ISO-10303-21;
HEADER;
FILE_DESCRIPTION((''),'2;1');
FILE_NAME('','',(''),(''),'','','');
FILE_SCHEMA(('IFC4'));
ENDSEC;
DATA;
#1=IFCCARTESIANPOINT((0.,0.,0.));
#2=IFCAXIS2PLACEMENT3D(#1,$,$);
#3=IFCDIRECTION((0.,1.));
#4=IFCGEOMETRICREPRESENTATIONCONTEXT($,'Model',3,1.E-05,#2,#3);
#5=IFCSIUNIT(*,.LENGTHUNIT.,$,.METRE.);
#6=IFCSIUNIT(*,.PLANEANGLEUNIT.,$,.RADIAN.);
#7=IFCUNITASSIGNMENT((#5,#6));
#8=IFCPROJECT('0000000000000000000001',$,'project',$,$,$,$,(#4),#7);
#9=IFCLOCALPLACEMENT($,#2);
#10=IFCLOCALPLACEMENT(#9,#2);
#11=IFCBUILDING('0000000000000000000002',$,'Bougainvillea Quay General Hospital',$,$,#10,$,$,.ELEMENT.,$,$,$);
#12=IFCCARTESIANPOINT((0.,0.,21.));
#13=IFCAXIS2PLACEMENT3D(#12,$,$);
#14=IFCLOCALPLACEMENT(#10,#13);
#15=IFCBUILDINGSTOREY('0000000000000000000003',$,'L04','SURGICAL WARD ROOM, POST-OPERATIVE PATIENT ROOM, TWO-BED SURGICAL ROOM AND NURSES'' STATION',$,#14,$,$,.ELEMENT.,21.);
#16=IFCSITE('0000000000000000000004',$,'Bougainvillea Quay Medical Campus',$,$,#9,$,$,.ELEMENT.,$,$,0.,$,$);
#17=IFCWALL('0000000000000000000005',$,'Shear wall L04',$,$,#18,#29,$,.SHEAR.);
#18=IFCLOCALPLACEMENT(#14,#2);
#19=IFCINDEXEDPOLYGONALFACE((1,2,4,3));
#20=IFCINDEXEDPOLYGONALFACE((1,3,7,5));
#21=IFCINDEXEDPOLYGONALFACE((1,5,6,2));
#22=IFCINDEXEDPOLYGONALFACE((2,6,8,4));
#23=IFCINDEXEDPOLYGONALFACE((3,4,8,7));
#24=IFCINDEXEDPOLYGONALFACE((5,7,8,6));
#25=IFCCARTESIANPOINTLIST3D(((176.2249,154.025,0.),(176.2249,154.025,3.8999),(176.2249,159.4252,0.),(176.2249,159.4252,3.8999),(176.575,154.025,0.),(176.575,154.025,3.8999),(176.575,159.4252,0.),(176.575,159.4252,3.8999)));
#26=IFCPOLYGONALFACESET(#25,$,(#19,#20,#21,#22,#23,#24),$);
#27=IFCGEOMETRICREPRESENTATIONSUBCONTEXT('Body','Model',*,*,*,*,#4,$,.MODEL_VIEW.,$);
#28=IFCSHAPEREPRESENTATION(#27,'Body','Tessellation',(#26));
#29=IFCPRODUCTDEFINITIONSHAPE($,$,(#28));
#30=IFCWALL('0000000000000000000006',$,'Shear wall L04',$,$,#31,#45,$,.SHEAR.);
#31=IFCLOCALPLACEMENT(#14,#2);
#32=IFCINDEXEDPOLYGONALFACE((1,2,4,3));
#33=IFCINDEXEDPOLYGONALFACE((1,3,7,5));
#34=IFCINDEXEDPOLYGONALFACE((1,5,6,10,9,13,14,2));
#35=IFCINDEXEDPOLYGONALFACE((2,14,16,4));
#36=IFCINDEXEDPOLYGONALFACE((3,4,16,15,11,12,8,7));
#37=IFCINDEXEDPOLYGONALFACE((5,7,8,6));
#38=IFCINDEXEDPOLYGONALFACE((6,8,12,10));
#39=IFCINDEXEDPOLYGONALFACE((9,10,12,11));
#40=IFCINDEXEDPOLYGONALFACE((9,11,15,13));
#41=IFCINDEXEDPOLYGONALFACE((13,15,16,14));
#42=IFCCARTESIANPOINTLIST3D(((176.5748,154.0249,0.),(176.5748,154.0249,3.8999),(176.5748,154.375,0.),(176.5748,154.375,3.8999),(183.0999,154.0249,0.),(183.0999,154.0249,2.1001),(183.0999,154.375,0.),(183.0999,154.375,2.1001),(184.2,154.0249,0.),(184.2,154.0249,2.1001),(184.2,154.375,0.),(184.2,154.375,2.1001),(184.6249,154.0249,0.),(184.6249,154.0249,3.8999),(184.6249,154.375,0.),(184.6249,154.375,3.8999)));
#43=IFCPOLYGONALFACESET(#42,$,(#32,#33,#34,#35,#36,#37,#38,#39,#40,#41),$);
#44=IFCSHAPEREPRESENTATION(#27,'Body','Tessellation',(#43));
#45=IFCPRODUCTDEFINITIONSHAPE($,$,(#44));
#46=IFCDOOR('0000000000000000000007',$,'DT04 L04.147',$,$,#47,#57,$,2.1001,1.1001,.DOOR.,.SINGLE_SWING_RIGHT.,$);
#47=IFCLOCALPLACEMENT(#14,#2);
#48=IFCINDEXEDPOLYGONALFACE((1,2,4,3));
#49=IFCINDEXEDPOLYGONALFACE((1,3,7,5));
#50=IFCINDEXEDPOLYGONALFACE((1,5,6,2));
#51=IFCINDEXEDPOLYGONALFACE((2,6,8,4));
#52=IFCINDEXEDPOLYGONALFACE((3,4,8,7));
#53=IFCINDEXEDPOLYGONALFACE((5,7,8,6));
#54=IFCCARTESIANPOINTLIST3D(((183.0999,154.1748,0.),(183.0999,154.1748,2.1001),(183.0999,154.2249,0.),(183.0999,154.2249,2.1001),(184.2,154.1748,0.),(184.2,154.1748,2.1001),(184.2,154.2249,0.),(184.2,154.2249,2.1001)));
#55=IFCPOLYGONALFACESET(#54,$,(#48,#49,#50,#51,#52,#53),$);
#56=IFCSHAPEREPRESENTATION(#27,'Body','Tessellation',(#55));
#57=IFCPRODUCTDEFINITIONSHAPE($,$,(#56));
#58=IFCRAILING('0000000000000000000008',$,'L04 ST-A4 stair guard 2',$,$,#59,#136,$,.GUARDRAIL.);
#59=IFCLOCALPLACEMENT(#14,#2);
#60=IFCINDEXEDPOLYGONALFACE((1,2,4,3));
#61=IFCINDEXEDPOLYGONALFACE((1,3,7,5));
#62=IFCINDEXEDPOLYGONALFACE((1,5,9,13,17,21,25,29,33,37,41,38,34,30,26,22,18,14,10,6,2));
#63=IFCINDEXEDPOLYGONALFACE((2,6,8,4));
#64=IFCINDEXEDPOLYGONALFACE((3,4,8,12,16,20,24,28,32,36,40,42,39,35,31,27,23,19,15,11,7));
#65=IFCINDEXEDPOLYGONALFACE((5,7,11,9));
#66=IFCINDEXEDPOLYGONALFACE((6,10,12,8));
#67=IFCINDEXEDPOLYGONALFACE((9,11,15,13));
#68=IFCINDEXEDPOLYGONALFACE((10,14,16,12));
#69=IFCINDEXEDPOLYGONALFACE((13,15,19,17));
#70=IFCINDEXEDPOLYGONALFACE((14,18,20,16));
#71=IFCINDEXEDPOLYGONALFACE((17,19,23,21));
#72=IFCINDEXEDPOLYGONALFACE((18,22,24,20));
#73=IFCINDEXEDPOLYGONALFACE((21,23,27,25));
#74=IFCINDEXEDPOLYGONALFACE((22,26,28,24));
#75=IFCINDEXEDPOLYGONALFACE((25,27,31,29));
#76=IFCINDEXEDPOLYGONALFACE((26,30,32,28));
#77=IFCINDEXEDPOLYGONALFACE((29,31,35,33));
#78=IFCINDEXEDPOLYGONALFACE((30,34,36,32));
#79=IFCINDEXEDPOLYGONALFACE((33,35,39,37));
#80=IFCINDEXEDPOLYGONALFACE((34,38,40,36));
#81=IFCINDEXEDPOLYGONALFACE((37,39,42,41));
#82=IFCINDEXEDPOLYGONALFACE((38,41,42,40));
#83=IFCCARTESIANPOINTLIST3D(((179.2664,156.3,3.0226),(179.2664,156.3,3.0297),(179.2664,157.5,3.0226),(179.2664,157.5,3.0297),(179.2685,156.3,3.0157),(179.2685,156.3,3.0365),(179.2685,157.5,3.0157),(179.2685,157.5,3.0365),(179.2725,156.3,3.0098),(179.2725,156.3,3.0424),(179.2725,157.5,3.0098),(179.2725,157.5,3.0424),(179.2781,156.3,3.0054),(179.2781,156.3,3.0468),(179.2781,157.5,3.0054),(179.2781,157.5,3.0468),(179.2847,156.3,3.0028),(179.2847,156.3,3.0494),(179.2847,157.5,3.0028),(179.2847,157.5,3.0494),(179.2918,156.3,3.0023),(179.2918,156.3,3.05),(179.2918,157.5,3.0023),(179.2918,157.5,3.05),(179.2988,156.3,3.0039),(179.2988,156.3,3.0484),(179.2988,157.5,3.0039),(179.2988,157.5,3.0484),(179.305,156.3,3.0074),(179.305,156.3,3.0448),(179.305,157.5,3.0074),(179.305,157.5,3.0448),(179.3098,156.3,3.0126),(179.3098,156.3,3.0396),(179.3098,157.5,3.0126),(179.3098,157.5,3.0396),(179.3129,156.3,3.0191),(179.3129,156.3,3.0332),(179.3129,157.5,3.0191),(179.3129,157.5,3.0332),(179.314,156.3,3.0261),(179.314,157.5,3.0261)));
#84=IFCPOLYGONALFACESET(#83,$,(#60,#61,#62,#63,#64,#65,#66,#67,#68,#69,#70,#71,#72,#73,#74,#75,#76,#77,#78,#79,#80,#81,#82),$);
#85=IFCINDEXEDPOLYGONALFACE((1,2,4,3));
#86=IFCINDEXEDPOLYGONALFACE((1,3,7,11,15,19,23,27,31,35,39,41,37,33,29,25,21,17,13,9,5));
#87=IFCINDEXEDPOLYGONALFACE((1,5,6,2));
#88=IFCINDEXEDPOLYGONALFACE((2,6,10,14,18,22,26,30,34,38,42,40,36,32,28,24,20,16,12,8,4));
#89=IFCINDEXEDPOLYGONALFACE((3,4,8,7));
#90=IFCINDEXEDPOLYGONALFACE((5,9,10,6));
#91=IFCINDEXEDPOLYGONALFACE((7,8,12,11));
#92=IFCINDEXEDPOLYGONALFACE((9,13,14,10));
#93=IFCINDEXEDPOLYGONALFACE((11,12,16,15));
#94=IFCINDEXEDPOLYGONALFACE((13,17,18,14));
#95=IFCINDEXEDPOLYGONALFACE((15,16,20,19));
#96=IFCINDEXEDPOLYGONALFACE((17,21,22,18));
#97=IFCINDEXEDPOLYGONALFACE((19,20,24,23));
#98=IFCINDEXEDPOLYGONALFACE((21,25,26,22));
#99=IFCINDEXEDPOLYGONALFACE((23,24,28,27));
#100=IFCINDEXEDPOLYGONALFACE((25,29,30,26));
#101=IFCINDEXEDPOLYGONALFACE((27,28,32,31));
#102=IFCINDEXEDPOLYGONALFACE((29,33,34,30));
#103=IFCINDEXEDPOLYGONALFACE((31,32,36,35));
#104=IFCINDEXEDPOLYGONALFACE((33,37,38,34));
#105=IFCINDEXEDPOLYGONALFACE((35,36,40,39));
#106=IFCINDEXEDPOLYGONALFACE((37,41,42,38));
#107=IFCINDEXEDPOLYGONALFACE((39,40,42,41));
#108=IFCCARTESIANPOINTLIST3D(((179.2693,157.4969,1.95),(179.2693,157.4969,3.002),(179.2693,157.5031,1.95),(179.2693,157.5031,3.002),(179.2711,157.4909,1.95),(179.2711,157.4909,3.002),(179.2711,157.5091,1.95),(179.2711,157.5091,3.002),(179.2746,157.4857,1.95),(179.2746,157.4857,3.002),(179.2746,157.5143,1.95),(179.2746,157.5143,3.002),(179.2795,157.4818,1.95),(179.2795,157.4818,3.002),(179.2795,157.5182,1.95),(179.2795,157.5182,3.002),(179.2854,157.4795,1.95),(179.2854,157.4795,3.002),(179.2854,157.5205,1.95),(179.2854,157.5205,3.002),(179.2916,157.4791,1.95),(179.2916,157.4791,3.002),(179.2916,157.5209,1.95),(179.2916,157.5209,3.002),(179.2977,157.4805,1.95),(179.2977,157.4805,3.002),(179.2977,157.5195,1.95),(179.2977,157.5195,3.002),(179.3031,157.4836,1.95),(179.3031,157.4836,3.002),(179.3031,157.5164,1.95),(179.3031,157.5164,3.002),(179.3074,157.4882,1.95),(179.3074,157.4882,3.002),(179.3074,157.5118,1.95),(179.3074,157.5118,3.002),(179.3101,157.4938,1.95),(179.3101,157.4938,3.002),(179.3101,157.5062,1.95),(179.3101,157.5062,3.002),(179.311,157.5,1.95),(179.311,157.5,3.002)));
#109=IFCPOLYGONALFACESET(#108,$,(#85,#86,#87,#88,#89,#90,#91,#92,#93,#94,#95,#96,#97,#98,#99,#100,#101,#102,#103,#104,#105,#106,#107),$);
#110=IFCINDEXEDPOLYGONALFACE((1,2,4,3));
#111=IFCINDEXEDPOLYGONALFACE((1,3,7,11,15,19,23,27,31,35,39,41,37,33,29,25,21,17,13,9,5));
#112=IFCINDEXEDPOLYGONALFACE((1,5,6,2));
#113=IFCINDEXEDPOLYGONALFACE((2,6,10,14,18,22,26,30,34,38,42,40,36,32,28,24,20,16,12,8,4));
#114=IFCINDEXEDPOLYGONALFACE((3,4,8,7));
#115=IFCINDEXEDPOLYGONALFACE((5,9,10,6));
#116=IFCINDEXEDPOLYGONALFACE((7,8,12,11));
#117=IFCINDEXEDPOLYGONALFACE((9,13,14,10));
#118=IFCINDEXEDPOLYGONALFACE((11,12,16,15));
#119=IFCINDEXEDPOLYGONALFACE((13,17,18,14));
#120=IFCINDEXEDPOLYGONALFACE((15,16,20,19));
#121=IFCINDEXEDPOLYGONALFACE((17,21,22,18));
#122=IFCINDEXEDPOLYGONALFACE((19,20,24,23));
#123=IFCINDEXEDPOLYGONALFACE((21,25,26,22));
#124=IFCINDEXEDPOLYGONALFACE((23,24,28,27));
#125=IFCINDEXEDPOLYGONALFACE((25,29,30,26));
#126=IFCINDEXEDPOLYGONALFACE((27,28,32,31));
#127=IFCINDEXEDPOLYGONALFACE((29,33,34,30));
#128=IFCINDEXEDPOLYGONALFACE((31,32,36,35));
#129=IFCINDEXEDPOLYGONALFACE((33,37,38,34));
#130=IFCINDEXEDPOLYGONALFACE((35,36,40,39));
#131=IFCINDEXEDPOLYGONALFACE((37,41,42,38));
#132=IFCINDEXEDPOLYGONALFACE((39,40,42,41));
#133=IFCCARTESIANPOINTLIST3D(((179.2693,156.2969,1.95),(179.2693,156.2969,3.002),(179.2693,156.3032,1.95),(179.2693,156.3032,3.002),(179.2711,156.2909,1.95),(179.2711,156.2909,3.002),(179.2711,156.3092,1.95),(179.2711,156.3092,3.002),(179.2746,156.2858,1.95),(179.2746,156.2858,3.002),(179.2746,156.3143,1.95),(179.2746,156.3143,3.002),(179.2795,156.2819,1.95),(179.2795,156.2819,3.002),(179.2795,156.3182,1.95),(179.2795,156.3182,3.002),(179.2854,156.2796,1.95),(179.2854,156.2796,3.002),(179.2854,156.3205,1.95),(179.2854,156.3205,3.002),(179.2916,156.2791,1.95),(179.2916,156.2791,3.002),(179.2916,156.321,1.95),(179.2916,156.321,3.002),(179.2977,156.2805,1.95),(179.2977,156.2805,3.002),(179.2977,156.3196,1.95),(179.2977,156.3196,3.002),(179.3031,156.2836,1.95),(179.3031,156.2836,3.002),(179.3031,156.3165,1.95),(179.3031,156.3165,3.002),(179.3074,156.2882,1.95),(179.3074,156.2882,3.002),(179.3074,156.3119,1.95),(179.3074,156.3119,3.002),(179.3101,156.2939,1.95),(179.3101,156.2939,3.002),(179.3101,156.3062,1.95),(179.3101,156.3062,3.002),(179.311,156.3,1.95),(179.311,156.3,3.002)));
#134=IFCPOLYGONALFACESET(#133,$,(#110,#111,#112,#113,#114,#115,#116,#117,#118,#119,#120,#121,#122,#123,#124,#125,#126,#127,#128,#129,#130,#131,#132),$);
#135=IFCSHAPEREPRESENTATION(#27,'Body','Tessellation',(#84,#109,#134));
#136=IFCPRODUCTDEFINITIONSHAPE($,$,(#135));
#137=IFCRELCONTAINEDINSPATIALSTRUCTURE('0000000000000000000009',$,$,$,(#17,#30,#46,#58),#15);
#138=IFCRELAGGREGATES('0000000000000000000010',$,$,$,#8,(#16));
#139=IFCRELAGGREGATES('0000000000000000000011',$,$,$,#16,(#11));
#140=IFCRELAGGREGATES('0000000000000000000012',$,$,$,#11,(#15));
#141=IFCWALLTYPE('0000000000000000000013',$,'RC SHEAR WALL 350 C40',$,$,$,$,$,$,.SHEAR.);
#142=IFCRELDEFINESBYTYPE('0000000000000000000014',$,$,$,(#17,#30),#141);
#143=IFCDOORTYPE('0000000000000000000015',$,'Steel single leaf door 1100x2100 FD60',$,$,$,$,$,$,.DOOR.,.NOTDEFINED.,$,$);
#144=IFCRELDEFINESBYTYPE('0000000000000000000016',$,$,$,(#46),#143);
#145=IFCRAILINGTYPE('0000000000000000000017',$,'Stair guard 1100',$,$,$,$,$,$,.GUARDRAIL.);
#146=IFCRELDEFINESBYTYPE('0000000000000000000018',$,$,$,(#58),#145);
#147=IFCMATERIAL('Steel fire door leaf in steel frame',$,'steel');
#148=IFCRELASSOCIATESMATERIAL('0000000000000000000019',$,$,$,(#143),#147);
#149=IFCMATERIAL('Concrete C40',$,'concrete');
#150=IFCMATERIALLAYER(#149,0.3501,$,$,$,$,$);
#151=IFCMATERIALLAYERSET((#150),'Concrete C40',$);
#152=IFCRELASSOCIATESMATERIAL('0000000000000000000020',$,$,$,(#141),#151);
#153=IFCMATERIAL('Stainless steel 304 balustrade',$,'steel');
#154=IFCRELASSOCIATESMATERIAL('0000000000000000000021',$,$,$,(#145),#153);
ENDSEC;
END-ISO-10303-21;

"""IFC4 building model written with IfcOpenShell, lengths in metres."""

from ifc_helpers import new_model, si_unit, direction, frame, frame_2d, origin, origin_2d, place, context, subcontext, project, spatial, rectangle, circle, extrude, material, layer, layer_set, type_object, element, fill, save


model = new_model("IFC4")

# Units and contexts
model_context = context("Model", 3, precision=1e-05, world=origin(), true_north=direction((0.0, 1.0)))
body_context = subcontext(model_context, "Body", "Model", "MODEL_VIEW")
ifc_project = project(units=[si_unit("LENGTHUNIT", "METRE"), si_unit("PLANEANGLEUNIT", "RADIAN")], contexts=[model_context])

# Site, building, storey
site_placement = place(None, origin())
site = spatial("IfcSite", under=ifc_project, at=site_placement, Name="Bougainvillea Quay Medical Campus", CompositionType="ELEMENT", RefElevation=0.0)
building_placement = place(site_placement, origin())
building = spatial("IfcBuilding", under=site, at=building_placement, Name="Bougainvillea Quay General Hospital", CompositionType="ELEMENT")
storey_placement = place(building_placement, frame((0.0, 0.0, 21.0)))
storey = spatial("IfcBuildingStorey", under=building, at=storey_placement, Name="L04", Description="SURGICAL WARD ROOM, POST-OPERATIVE PATIENT ROOM, TWO-BED SURGICAL ROOM AND NURSES' STATION", CompositionType="ELEMENT", Elevation=21.0)

# Shared definitions
ifc_material_1 = material(Name="Concrete C40", Category="concrete")

# Shared definitions
ifc_material_2 = material(Name="Steel fire door leaf in steel frame", Category="steel")
door_type_1 = type_object("IfcDoorType", Name="Steel single leaf door 1100x2100 FD60", OperationType="NOTDEFINED", PredefinedType="DOOR", material=ifc_material_2)

# Wall
ifc_layer_1 = layer(ifc_material_1, 0.3501)
ifc_layer_set_1 = layer_set([ifc_layer_1], Name="Concrete C40")
wall_type_1 = type_object("IfcWallType", Name="RC SHEAR WALL 350 C40", PredefinedType="SHEAR", material=ifc_layer_set_1)
wall_1_placement = place(storey_placement, frame((176.3999, 154.0249, 0.0), z_axis=(0.0, 0.0, 1.0), x_axis=(0.0, 1.0, 0.0)))
element("IfcWall", 1, at=wall_1_placement, inside=storey, type_object=wall_type_1, Name="Shear wall L04", PredefinedType="SHEAR", context=body_context, shape_type="SweptSolid", body=[
    extrude(rectangle(XDim=5.4001, YDim=0.3501, at=frame_2d((2.7002, 0.0))), origin(), (0.0, 0.0, 1.0), 3.8999),
])

# Wall, opening, door
wall_2_placement = place(storey_placement, frame((176.575, 154.2, 0.0), z_axis=(0.0, 0.0, 1.0), x_axis=(1.0, 0.0, 0.0)))
wall_2 = element("IfcWall", 2, at=wall_2_placement, inside=storey, type_object=wall_type_1, Name="Shear wall L04", PredefinedType="SHEAR", context=body_context, shape_type="SweptSolid", body=[
    extrude(rectangle(XDim=8.05, YDim=0.3501, at=frame_2d((4.0249, 0.0))), origin(), (0.0, 0.0, 1.0), 3.8999),
])
opening_1_placement = place(wall_2_placement, frame((6.5249, 0.0, 0.0)))
opening_1 = element("IfcOpeningElement", 3, at=opening_1_placement, cuts=wall_2, PredefinedType="OPENING", context=body_context, shape_type="SweptSolid", body=[
    extrude(rectangle(XDim=1.1001, YDim=2.1001, at=frame_2d((0.55, 1.05))), frame((0.0, 0.1851, 0.0), z_axis=(0.0, -1.0, 0.0), x_axis=(1.0, 0.0, 0.0)), (0.0, 0.0, 1.0), 0.3701),
])
door_1_placement = place(opening_1_placement, origin())
door_1 = element("IfcDoor", 4, at=door_1_placement, inside=storey, type_object=door_type_1, Name="DT04 L04.147", OperationType="SINGLE_SWING_RIGHT", OverallHeight=2.1001, OverallWidth=1.1001, PredefinedType="DOOR", context=body_context, shape_type="SweptSolid", body=[
    extrude(rectangle(XDim=1.1001, YDim=2.1001, at=frame_2d((0.55, 1.05))), frame((0.0, 0.0249, 0.0), z_axis=(0.0, -1.0, 0.0), x_axis=(1.0, 0.0, 0.0)), (0.0, 0.0, 1.0), 0.05),
])
fill(opening_1, door_1)

# Railing
ifc_material_3 = material(Name="Stainless steel 304 balustrade", Category="steel")
railing_type_1 = type_object("IfcRailingType", Name="Stair guard 1100", PredefinedType="GUARDRAIL", material=ifc_material_3)
railing_1_placement = place(storey_placement, frame((179.29, 157.5, 1.95)))
element("IfcRailing", 5, at=railing_1_placement, inside=storey, type_object=railing_type_1, Name="L04 ST-A4 stair guard 2", PredefinedType="GUARDRAIL", context=body_context, shape_type="SweptSolid", body=[
    extrude(circle(Radius=0.0239, at=origin_2d()), frame((0.0, 0.0, 1.0762), z_axis=(0.0, -1.0, 0.0), x_axis=(1.0, 0.0, 0.0)), (0.0, 0.0, 1.0), 1.2),
    extrude(circle(Radius=0.021, at=origin_2d()), origin(), (0.0, 0.0, 1.0), 1.052),
    extrude(circle(Radius=0.021, at=origin_2d()), frame((0.0, -1.2, 0.0)), (0.0, 0.0, 1.0), 1.052),
])

save(model, "model.ifc")
